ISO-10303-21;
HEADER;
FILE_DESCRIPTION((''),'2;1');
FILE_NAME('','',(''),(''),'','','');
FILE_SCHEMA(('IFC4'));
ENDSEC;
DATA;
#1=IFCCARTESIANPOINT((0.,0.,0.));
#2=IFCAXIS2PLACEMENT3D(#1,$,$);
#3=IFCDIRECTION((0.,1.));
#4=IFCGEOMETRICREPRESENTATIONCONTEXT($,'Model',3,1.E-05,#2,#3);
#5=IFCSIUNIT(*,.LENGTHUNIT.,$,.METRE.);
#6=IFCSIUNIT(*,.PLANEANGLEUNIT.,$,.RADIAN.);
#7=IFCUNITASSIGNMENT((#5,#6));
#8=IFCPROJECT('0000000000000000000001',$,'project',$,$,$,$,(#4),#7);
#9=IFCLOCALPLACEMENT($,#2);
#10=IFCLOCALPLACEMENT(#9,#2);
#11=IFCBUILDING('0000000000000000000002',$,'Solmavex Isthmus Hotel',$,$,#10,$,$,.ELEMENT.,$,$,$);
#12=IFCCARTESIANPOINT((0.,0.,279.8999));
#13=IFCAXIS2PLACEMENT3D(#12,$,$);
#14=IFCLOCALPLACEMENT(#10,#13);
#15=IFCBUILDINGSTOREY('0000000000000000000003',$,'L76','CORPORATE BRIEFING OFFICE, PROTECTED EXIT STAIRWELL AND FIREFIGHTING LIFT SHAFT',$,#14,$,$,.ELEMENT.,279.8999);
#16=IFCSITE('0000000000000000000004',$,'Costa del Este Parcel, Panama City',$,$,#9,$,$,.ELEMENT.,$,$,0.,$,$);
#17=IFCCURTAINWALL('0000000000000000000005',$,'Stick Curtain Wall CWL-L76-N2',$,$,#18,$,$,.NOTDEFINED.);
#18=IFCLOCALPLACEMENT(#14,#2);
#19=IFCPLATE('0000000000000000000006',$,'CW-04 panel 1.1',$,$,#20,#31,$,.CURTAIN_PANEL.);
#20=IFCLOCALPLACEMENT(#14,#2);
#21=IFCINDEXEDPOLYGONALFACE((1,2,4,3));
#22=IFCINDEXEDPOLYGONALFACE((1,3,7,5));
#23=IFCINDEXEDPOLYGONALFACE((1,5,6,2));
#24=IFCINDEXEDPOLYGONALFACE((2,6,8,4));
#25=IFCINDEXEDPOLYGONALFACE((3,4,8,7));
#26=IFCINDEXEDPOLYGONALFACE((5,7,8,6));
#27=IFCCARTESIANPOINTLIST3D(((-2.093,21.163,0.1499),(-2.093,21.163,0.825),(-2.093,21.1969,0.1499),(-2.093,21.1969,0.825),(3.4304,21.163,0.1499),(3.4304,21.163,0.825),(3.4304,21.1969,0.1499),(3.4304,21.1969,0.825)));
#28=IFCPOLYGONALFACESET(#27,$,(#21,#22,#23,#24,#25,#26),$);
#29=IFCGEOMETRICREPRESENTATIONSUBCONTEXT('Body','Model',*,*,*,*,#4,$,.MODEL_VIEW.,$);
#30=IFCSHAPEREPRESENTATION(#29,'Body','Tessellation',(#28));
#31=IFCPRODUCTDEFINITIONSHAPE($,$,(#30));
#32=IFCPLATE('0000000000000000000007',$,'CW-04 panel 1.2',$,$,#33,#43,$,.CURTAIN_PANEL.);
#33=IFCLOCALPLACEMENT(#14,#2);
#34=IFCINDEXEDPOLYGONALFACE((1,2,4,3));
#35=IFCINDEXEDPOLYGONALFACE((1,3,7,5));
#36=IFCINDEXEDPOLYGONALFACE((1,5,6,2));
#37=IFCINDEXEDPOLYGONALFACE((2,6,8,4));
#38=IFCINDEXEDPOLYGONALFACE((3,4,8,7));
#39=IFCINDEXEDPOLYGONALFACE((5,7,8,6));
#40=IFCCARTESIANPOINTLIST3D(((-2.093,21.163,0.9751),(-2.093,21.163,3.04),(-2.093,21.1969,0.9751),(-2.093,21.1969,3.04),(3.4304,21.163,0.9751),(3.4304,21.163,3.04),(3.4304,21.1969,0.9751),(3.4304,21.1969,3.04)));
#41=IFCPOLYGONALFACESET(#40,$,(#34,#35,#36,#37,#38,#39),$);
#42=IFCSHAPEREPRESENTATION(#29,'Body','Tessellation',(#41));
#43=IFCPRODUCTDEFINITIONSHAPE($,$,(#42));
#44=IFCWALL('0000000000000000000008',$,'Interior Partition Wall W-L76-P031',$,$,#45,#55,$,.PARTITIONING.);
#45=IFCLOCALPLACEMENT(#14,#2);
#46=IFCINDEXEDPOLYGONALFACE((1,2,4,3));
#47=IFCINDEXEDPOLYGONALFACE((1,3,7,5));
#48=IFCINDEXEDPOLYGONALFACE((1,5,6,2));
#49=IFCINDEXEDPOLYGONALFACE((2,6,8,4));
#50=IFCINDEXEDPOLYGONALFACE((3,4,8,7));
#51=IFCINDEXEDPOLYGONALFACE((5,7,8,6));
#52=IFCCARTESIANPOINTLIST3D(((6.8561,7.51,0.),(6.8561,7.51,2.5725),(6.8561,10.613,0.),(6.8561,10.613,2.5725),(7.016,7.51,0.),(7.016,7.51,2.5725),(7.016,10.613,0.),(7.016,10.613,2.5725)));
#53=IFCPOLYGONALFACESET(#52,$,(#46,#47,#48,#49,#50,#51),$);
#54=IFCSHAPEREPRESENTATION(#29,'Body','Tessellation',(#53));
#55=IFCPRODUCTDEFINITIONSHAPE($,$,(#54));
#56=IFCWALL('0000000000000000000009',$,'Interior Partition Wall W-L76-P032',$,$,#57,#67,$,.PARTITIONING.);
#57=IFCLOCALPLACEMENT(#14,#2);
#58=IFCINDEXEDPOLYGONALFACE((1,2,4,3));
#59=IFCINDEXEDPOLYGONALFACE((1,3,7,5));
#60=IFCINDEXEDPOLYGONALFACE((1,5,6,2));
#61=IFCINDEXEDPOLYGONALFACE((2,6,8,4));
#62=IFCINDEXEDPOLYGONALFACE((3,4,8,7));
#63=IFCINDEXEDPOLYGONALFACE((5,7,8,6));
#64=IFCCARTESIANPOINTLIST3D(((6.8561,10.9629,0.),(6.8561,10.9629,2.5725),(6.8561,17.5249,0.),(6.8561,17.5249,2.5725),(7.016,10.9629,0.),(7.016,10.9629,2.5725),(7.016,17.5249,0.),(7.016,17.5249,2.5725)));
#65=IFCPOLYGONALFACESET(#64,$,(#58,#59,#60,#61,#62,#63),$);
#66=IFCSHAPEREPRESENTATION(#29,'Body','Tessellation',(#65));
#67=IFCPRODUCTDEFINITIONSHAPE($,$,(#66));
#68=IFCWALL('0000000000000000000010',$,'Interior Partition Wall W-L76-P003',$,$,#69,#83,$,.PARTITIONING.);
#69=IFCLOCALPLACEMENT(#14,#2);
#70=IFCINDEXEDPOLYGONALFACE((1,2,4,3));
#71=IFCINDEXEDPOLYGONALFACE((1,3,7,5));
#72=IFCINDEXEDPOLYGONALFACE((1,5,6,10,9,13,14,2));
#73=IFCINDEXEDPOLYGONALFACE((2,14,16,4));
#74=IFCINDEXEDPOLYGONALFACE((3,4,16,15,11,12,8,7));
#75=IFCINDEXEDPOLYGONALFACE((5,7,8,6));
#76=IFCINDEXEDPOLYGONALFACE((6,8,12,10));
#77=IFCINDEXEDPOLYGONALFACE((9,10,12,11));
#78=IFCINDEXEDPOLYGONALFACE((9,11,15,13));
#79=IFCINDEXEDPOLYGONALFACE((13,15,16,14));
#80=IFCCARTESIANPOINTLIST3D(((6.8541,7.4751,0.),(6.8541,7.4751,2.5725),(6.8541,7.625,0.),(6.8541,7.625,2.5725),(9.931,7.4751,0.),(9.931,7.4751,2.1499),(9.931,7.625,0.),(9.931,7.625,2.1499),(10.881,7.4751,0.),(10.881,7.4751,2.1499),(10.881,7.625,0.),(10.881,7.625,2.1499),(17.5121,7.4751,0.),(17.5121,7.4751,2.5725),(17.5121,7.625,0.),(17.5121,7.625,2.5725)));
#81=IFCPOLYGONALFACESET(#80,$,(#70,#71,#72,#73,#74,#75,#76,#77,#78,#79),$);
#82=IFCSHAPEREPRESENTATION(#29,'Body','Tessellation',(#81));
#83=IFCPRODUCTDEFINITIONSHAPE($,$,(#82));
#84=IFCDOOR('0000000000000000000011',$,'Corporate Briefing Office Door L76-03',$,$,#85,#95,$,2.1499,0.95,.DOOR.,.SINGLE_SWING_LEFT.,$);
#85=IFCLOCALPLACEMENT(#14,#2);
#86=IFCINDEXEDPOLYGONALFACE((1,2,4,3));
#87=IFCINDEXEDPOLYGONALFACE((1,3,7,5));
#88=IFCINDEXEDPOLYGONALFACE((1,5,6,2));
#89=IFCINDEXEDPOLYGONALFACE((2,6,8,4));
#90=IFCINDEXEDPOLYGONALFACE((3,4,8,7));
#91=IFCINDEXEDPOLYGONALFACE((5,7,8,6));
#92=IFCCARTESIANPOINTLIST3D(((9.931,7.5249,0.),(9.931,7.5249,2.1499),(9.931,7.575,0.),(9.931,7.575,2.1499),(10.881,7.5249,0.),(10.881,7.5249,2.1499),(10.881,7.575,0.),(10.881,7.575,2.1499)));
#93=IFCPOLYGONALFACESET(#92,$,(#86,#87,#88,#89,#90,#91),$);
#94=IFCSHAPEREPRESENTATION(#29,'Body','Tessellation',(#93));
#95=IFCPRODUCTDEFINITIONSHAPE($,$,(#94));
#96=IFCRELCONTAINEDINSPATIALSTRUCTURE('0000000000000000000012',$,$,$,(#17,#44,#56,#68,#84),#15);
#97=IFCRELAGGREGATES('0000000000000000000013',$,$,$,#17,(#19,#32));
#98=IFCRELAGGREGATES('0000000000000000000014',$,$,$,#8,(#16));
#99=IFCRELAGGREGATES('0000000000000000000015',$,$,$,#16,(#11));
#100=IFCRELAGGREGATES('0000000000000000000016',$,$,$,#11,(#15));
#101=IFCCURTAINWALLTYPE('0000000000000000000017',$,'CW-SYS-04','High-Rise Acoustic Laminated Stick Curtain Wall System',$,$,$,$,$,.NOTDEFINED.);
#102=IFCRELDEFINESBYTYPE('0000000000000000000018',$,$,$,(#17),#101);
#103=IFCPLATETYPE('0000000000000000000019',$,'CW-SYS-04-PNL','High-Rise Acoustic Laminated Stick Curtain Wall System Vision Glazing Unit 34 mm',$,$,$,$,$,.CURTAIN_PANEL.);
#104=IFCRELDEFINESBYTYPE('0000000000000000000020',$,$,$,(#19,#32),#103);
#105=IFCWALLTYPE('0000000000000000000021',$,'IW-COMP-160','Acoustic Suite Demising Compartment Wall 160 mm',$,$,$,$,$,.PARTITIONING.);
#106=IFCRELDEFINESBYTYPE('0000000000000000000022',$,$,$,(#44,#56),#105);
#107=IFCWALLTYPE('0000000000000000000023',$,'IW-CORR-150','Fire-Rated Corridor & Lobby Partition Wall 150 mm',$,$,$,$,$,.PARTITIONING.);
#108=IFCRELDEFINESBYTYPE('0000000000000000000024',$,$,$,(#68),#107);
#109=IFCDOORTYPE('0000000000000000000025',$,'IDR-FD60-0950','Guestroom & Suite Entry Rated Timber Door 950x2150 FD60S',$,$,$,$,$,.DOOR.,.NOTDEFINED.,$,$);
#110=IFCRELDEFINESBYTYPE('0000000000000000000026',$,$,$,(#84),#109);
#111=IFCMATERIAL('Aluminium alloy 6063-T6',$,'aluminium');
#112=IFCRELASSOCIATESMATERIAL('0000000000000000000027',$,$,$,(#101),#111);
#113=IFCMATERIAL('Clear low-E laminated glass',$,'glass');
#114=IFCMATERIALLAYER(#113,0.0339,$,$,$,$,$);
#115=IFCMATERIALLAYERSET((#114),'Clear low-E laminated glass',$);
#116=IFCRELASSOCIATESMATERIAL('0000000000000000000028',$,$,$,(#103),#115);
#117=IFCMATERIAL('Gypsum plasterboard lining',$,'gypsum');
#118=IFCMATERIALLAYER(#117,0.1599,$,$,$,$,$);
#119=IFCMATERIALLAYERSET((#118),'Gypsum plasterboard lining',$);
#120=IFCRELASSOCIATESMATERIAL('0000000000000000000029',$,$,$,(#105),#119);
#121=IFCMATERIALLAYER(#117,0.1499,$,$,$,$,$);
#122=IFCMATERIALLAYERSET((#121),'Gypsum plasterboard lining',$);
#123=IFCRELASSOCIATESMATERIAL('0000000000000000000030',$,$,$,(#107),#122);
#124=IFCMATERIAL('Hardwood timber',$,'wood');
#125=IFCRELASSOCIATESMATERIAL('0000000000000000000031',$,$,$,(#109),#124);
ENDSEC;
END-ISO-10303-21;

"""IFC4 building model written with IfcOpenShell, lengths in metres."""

from ifc_helpers import new_model, si_unit, direction, frame, frame_2d, origin, origin_2d, place, context, subcontext, project, spatial, rectangle, extrude, material, layer, layer_set, type_object, element, fill, aggregate, save


model = new_model("IFC4")

# Units and contexts
model_context = context("Model", 3, precision=1e-05, world=origin(), true_north=direction((0.0, 1.0)))
body_context = subcontext(model_context, "Body", "Model", "MODEL_VIEW")
ifc_project = project(units=[si_unit("LENGTHUNIT", "METRE"), si_unit("PLANEANGLEUNIT", "RADIAN")], contexts=[model_context])

# Site, building, storey
site_placement = place(None, origin())
site = spatial("IfcSite", under=ifc_project, at=site_placement, Name="Costa del Este Parcel, Panama City", CompositionType="ELEMENT", RefElevation=0.0)
building_placement = place(site_placement, origin())
building = spatial("IfcBuilding", under=site, at=building_placement, Name="Solmavex Isthmus Hotel", CompositionType="ELEMENT")
storey_placement = place(building_placement, frame((0.0, 0.0, 279.8999)))
storey = spatial("IfcBuildingStorey", under=building, at=storey_placement, Name="L76", Description="CORPORATE BRIEFING OFFICE, PROTECTED EXIT STAIRWELL AND FIREFIGHTING LIFT SHAFT", CompositionType="ELEMENT", Elevation=279.8999)

# Curtain wall, plates
ifc_material_1 = material(Name="Aluminium alloy 6063-T6", Category="aluminium")
curtain_wall_type = type_object("IfcCurtainWallType", Name="CW-SYS-04", Description="High-Rise Acoustic Laminated Stick Curtain Wall System", PredefinedType="NOTDEFINED", material=ifc_material_1)
curtain_wall_placement = place(storey_placement, origin())
curtain_wall = element("IfcCurtainWall", 1, at=curtain_wall_placement, inside=storey, type_object=curtain_wall_type, Name="Stick Curtain Wall CWL-L76-N2", PredefinedType="NOTDEFINED")
ifc_material_2 = material(Name="Clear low-E laminated glass", Category="glass")
ifc_layer_1 = layer(ifc_material_2, 0.0339)
ifc_layer_set_1 = layer_set([ifc_layer_1], Name="Clear low-E laminated glass")
plate_type = type_object("IfcPlateType", Name="CW-SYS-04-PNL", Description="High-Rise Acoustic Laminated Stick Curtain Wall System Vision Glazing Unit 34 mm", PredefinedType="CURTAIN_PANEL", material=ifc_layer_set_1)
plate_1_placement = place(storey_placement, frame((0.6687, 21.1799, 0.1499), z_axis=(0.0, 0.0, 1.0), x_axis=(1.0, 0.0, 0.0)))
plate_1 = element("IfcPlate", 2, at=plate_1_placement, type_object=plate_type, Name="CW-04 panel 1.1", PredefinedType="CURTAIN_PANEL", context=body_context, shape_type="SweptSolid", body=[
    extrude(rectangle(XDim=5.5234, YDim=0.0339, at=origin_2d()), origin(), (0.0, 0.0, 1.0), 0.675),
])
plate_2_placement = place(storey_placement, frame((0.6687, 21.1799, 0.9751), z_axis=(0.0, 0.0, 1.0), x_axis=(1.0, 0.0, 0.0)))
plate_2 = element("IfcPlate", 3, at=plate_2_placement, type_object=plate_type, Name="CW-04 panel 1.2", PredefinedType="CURTAIN_PANEL", context=body_context, shape_type="SweptSolid", body=[
    extrude(rectangle(XDim=5.5234, YDim=0.0339, at=origin_2d()), origin(), (0.0, 0.0, 1.0), 2.0649),
])
aggregate(curtain_wall, [plate_1, plate_2])

# Walls
ifc_material_3 = material(Name="Gypsum plasterboard lining", Category="gypsum")
ifc_layer_2 = layer(ifc_material_3, 0.1599)
ifc_layer_set_2 = layer_set([ifc_layer_2], Name="Gypsum plasterboard lining")
wall_type_1 = type_object("IfcWallType", Name="IW-COMP-160", Description="Acoustic Suite Demising Compartment Wall 160 mm", PredefinedType="PARTITIONING", material=ifc_layer_set_2)
wall_1_placement = place(storey_placement, frame((6.936, 10.613, 0.0), z_axis=(0.0, 0.0, 1.0), x_axis=(0.0, -1.0, 0.0)))
element("IfcWall", 4, at=wall_1_placement, inside=storey, type_object=wall_type_1, Name="Interior Partition Wall W-L76-P031", PredefinedType="PARTITIONING", context=body_context, shape_type="SweptSolid", body=[
    extrude(rectangle(XDim=3.103, YDim=0.1599, at=frame_2d((1.5515, 0.0))), origin(), (0.0, 0.0, 1.0), 2.5725),
])
wall_2_placement = place(storey_placement, frame((6.936, 17.5249, 0.0), z_axis=(0.0, 0.0, 1.0), x_axis=(0.0, -1.0, 0.0)))
element("IfcWall", 5, at=wall_2_placement, inside=storey, type_object=wall_type_1, Name="Interior Partition Wall W-L76-P032", PredefinedType="PARTITIONING", context=body_context, shape_type="SweptSolid", body=[
    extrude(rectangle(XDim=6.562, YDim=0.1599, at=frame_2d((3.281, 0.0))), origin(), (0.0, 0.0, 1.0), 2.5725),
])

# Wall, opening, door
ifc_layer_3 = layer(ifc_material_3, 0.1499)
ifc_layer_set_3 = layer_set([ifc_layer_3], Name="Gypsum plasterboard lining")
wall_type_2 = type_object("IfcWallType", Name="IW-CORR-150", Description="Fire-Rated Corridor & Lobby Partition Wall 150 mm", PredefinedType="PARTITIONING", material=ifc_layer_set_3)
wall_3_placement = place(storey_placement, frame((6.854, 7.55, 0.0), z_axis=(0.0, 0.0, 1.0), x_axis=(1.0, 0.0, 0.0)))
wall_3 = element("IfcWall", 6, at=wall_3_placement, inside=storey, type_object=wall_type_2, Name="Interior Partition Wall W-L76-P003", PredefinedType="PARTITIONING", context=body_context, shape_type="SweptSolid", body=[
    extrude(rectangle(XDim=10.658, YDim=0.1499, at=frame_2d((5.3291, 0.0))), origin(), (0.0, 0.0, 1.0), 2.5725),
])
opening_placement = place(wall_3_placement, frame((3.0769, 0.0, 0.0)))
opening = element("IfcOpeningElement", 7, at=opening_placement, cuts=wall_3, PredefinedType="OPENING", context=body_context, shape_type="SweptSolid", body=[
    extrude(rectangle(XDim=0.95, YDim=2.1499, at=frame_2d((0.4751, 1.075))), frame((0.0, 0.085, 0.0), z_axis=(0.0, -1.0, 0.0), x_axis=(1.0, 0.0, 0.0)), (0.0, 0.0, 1.0), 0.1699),
])
ifc_material_4 = material(Name="Hardwood timber", Category="wood")
door_type = type_object("IfcDoorType", Name="IDR-FD60-0950", Description="Guestroom & Suite Entry Rated Timber Door 950x2150 FD60S", OperationType="NOTDEFINED", PredefinedType="DOOR", material=ifc_material_4)
door_placement = place(opening_placement, origin())
door = element("IfcDoor", 8, at=door_placement, inside=storey, type_object=door_type, Name="Corporate Briefing Office Door L76-03", OperationType="SINGLE_SWING_LEFT", OverallHeight=2.1499, OverallWidth=0.95, PredefinedType="DOOR", context=body_context, shape_type="SweptSolid", body=[
    extrude(rectangle(XDim=0.95, YDim=2.1499, at=frame_2d((0.4751, 1.075))), frame((0.0, 0.0249, 0.0), z_axis=(0.0, -1.0, 0.0), x_axis=(1.0, 0.0, 0.0)), (0.0, 0.0, 1.0), 0.05),
])
fill(opening, door)

save(model, "model.ifc")
